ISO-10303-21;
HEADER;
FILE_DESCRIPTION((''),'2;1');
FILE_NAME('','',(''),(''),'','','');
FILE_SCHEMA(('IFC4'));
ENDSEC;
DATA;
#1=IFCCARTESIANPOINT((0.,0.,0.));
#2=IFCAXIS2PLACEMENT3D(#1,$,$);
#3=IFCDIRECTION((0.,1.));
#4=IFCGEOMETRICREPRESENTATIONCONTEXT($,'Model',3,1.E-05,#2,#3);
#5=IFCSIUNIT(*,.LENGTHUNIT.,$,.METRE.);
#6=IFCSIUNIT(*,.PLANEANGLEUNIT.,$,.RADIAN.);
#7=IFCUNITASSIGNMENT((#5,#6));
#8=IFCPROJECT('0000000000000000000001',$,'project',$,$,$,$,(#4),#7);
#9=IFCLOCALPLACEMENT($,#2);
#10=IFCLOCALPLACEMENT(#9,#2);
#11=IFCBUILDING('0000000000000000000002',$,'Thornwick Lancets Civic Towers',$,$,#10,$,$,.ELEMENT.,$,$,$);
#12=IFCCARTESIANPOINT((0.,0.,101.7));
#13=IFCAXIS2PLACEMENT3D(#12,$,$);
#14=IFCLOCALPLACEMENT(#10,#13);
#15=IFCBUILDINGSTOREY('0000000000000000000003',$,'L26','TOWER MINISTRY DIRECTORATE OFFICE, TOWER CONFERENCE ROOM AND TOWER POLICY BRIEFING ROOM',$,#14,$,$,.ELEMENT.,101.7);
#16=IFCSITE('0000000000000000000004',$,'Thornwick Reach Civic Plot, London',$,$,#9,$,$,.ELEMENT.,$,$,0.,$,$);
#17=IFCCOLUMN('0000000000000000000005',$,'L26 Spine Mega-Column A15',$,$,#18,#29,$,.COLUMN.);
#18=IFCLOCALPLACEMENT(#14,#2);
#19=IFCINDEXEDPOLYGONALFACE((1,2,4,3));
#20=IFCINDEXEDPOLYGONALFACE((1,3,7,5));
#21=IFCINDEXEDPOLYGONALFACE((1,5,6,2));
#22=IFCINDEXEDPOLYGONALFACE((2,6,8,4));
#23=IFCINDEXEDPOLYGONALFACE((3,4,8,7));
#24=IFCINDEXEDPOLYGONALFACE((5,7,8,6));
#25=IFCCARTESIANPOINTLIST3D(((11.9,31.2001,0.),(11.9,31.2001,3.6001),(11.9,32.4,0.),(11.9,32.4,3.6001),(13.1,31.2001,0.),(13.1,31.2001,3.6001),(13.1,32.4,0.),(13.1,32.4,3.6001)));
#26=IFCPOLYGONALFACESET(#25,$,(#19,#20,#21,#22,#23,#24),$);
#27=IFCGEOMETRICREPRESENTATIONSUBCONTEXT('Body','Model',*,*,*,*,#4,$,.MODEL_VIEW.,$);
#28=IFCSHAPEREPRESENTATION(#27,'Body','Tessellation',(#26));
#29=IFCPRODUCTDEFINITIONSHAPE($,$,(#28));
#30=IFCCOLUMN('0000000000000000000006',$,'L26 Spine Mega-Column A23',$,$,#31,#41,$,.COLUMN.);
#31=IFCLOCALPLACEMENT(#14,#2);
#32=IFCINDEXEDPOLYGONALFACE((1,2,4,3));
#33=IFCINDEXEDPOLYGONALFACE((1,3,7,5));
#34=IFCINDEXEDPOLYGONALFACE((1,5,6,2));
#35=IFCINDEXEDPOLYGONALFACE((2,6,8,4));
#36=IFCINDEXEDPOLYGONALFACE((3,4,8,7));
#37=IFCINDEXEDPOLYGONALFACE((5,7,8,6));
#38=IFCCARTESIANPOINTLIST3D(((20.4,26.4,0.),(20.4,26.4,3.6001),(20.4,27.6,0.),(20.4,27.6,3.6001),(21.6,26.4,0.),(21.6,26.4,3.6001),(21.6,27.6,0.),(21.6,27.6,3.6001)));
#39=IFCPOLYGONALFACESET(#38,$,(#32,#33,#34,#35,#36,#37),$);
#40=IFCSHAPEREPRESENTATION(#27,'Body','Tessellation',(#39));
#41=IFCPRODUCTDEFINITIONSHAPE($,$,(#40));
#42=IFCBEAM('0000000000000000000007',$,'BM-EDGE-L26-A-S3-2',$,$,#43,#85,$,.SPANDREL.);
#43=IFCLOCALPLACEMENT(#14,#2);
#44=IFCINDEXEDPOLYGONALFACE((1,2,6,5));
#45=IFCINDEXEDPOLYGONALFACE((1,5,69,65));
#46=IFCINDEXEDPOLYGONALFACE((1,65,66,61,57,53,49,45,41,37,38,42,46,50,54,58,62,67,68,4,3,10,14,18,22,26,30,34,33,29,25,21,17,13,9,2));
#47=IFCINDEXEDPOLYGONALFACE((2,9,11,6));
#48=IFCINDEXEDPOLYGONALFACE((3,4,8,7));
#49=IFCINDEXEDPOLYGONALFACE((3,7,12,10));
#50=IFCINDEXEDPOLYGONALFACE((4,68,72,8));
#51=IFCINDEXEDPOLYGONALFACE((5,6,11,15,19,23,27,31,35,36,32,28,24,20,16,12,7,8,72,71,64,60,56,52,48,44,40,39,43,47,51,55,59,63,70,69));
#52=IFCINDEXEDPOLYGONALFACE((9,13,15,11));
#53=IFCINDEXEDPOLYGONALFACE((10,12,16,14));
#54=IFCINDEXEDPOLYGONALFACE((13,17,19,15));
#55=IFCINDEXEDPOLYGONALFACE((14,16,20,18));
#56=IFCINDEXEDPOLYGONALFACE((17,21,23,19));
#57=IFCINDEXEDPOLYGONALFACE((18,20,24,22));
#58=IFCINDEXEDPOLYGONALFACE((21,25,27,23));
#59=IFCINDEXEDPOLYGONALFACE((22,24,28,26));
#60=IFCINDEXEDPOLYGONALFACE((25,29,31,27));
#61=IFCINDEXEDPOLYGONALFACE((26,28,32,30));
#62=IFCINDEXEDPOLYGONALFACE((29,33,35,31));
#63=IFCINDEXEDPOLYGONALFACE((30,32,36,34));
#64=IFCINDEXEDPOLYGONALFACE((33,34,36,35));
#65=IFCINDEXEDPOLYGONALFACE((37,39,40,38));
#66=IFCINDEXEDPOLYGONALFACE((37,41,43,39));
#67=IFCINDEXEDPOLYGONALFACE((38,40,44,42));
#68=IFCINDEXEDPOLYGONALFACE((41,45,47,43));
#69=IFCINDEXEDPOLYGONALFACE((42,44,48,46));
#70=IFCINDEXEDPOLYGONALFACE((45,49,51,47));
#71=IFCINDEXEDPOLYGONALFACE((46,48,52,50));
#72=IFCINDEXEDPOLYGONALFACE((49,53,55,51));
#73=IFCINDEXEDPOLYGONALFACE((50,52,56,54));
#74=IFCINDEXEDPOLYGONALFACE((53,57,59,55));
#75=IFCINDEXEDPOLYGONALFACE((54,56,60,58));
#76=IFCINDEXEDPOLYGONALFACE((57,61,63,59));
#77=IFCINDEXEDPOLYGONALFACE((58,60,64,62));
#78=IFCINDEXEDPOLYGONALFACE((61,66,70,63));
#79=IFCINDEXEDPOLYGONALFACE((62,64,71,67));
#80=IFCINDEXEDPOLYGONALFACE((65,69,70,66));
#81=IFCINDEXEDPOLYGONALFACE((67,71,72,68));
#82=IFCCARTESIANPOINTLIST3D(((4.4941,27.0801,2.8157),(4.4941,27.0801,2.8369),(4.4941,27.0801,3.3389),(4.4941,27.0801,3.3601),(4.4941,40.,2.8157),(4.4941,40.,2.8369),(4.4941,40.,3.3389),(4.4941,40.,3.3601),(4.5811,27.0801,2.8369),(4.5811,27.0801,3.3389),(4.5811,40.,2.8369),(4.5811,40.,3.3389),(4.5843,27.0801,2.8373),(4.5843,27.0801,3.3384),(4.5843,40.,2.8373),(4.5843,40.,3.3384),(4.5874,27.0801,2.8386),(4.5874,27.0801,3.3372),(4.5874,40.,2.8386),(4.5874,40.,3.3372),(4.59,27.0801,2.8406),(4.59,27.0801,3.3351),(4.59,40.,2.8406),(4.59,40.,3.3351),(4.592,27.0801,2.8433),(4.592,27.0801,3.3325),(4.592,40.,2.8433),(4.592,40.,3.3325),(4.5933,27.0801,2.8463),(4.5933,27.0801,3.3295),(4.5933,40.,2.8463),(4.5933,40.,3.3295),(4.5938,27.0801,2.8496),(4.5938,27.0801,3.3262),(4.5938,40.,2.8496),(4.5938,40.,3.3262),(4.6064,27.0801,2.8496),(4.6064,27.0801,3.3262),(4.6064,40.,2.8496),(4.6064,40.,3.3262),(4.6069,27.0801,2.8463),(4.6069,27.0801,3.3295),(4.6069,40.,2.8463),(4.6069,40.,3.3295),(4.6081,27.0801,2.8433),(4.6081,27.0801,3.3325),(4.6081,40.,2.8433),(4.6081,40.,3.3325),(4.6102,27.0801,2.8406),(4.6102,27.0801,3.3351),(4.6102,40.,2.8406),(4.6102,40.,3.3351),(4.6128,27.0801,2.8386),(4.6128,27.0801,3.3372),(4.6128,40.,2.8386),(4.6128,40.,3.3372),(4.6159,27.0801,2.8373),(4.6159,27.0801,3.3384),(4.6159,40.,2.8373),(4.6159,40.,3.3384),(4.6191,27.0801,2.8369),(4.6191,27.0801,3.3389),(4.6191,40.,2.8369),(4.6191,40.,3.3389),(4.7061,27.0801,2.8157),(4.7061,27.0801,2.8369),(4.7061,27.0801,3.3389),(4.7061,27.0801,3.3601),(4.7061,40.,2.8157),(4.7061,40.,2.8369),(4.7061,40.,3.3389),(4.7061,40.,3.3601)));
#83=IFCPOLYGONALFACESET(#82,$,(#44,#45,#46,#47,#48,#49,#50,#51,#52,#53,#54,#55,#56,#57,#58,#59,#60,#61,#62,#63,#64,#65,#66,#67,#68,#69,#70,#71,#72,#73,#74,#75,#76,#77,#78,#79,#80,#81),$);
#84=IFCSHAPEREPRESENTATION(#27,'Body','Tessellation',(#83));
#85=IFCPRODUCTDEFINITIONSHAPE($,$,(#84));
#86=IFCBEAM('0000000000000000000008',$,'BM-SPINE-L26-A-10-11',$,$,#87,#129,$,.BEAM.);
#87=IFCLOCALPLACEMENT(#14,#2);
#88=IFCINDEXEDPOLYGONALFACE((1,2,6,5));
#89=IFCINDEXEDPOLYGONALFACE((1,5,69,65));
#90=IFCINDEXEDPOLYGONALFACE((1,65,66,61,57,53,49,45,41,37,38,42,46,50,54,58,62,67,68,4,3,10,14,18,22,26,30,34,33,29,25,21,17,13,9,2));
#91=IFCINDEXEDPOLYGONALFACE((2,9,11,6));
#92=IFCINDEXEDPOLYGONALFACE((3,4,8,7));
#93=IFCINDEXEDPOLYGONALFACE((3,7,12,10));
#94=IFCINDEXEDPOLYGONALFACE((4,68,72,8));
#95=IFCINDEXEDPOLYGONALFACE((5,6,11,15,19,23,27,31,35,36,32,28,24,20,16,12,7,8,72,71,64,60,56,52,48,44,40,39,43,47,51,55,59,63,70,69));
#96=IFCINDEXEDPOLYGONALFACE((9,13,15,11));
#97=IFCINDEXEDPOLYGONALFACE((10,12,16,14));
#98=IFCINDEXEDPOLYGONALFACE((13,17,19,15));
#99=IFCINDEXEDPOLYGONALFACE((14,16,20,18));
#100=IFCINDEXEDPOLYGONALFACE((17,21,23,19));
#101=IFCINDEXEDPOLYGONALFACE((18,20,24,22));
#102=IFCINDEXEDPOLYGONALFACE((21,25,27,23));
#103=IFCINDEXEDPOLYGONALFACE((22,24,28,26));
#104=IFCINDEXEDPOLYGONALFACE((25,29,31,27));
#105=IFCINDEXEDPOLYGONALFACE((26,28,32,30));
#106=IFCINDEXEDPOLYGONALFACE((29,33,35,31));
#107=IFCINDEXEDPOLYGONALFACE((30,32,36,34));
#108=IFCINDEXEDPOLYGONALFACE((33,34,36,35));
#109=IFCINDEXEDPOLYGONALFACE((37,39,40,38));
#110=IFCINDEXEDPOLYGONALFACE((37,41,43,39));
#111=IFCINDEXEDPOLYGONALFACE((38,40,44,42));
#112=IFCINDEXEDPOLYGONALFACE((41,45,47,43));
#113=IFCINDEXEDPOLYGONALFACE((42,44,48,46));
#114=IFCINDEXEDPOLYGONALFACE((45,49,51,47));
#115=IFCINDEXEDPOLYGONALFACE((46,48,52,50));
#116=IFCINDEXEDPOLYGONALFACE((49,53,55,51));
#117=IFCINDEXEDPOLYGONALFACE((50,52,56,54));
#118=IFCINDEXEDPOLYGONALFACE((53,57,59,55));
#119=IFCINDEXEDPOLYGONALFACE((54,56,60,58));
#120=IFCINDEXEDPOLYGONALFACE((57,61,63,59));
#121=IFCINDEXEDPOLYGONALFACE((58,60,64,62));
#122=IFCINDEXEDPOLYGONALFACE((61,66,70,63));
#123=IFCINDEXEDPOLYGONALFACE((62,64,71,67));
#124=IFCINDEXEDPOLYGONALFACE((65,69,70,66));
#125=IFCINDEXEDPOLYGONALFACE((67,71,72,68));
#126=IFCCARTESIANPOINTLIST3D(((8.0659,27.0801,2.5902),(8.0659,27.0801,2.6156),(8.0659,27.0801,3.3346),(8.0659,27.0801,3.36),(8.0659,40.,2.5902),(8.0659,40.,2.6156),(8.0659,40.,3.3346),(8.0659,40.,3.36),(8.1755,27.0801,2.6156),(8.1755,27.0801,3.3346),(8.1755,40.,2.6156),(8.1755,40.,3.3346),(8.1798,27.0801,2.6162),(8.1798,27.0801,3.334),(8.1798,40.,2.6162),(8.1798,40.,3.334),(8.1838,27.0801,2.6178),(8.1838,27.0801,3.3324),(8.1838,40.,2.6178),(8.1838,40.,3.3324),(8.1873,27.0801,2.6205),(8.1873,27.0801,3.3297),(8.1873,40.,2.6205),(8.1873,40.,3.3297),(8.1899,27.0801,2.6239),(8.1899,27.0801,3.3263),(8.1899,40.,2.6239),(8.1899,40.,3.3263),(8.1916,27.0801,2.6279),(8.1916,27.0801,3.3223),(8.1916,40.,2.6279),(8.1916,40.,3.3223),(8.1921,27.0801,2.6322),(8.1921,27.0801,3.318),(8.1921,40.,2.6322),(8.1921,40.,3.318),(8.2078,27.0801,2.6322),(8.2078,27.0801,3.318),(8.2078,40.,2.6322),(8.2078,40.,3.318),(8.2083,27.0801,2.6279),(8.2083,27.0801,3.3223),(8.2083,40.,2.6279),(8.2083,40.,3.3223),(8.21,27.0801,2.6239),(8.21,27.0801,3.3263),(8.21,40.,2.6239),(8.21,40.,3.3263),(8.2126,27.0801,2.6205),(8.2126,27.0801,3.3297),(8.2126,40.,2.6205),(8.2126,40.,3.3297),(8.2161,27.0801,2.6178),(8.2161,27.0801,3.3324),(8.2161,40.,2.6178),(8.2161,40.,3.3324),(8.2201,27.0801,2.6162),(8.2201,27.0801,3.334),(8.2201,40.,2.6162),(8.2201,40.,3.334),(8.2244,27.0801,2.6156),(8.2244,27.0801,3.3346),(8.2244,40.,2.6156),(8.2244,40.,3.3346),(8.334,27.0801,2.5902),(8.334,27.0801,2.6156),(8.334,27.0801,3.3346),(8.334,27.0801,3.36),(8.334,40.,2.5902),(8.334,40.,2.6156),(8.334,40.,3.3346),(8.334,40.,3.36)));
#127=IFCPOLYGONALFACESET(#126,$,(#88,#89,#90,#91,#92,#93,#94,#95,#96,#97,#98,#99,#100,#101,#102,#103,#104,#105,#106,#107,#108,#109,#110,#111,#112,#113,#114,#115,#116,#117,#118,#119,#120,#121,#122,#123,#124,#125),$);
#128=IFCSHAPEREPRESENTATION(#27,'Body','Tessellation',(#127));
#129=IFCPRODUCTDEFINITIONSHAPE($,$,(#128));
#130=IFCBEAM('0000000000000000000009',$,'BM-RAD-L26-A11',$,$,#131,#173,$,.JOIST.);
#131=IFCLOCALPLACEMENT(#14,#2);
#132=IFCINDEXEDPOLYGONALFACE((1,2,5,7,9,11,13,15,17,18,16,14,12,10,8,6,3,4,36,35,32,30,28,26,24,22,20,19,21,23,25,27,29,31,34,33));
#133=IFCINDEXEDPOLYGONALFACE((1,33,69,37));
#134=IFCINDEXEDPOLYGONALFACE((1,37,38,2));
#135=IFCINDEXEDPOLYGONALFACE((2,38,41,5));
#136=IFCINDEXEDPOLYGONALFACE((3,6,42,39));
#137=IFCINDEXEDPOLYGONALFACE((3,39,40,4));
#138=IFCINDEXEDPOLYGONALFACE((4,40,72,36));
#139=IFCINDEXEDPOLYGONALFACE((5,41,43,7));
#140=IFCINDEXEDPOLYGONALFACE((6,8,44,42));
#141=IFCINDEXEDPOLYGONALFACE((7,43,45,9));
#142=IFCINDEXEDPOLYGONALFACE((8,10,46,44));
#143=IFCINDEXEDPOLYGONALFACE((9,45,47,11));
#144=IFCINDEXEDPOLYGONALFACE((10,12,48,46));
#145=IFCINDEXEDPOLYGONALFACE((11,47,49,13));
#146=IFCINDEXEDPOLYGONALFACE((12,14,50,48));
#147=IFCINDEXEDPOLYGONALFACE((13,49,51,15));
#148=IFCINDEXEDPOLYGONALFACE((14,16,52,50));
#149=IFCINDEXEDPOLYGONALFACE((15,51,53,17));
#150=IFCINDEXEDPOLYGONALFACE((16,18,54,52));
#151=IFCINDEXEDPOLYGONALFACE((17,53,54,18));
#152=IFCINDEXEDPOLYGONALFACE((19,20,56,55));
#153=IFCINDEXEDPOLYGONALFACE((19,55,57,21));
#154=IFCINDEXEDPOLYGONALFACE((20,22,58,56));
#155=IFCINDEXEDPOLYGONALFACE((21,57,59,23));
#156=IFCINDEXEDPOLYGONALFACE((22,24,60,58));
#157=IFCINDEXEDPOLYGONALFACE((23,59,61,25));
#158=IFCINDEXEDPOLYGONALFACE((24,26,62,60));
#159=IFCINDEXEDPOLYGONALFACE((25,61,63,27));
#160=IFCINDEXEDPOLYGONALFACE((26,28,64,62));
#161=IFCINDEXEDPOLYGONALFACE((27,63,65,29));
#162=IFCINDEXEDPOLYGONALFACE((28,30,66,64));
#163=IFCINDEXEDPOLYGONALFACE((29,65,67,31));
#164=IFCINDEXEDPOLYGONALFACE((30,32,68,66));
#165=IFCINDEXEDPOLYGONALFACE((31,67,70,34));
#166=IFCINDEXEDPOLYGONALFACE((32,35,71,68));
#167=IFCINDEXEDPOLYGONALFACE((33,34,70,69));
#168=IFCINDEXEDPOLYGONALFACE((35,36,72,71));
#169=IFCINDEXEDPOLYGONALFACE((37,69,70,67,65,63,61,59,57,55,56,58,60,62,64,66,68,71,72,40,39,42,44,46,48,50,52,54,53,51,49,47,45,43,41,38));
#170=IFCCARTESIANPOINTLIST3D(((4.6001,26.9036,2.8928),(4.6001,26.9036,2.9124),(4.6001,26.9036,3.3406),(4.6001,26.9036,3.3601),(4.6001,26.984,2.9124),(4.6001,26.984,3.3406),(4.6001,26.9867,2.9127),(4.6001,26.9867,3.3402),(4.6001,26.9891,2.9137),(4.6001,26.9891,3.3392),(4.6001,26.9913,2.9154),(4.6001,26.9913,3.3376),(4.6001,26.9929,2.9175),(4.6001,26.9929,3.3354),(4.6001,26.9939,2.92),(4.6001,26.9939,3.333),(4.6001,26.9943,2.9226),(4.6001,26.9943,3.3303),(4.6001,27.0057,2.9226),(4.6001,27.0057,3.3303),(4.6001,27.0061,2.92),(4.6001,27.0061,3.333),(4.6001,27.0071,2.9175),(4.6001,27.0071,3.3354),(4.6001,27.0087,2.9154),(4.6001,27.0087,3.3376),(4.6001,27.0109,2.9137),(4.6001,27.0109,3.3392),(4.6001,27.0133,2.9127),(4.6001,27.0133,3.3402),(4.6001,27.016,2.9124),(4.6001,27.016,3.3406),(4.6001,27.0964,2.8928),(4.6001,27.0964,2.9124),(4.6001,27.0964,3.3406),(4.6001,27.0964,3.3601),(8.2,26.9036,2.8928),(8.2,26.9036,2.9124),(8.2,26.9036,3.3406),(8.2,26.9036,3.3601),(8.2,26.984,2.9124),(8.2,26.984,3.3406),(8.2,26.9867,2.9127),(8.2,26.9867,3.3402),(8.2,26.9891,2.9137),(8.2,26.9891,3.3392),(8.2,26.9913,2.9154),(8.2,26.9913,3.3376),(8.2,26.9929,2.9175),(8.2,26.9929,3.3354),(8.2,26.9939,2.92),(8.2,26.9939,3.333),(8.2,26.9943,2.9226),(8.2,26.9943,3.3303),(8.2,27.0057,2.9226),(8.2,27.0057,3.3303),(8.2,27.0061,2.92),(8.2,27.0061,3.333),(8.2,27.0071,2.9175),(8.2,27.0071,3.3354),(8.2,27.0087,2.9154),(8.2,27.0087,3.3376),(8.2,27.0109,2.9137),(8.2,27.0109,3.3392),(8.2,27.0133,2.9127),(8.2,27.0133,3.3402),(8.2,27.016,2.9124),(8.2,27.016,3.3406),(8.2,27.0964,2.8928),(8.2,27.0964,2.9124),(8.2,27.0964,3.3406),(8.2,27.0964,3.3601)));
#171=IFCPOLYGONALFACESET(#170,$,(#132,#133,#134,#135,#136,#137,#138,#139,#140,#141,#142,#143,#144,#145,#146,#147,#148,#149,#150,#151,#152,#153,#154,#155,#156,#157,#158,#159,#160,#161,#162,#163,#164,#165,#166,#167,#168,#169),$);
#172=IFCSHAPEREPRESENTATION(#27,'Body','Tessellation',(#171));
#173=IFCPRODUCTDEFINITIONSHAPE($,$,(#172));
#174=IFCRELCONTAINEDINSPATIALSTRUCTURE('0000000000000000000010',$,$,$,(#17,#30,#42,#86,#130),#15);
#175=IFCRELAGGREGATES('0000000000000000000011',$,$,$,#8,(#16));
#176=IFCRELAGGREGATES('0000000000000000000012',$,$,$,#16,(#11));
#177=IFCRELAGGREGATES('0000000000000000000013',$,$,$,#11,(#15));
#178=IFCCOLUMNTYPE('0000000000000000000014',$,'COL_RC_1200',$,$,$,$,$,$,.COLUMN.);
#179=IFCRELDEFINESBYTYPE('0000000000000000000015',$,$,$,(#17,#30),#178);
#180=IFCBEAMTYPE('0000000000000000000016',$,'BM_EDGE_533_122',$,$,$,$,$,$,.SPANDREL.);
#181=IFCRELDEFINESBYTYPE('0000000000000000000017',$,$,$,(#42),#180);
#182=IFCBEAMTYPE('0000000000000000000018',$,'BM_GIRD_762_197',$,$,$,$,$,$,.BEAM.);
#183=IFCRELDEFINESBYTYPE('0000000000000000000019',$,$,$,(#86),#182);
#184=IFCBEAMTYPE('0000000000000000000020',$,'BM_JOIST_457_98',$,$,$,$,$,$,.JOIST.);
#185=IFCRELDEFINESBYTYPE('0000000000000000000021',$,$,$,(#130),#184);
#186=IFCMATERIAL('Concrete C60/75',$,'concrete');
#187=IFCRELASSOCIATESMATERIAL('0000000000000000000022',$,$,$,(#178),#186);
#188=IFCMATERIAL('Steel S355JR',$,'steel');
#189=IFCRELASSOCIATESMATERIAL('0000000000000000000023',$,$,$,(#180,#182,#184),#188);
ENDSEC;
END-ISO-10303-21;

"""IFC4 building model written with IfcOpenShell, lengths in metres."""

from ifc_helpers import new_model, si_unit, direction, frame, origin, origin_2d, place, context, subcontext, project, spatial, rectangle, i_section, extrude, material, material_profile, profile_set, type_object, element, save


model = new_model("IFC4")

# Units and contexts
model_context = context("Model", 3, precision=1e-05, world=origin(), true_north=direction((0.0, 1.0)))
body_context = subcontext(model_context, "Body", "Model", "MODEL_VIEW")
ifc_project = project(units=[si_unit("LENGTHUNIT", "METRE"), si_unit("PLANEANGLEUNIT", "RADIAN")], contexts=[model_context])

# Site, building, storey
site_placement = place(None, origin())
site = spatial("IfcSite", under=ifc_project, at=site_placement, Name="Thornwick Reach Civic Plot, London", CompositionType="ELEMENT", RefElevation=0.0)
building_placement = place(site_placement, origin())
building = spatial("IfcBuilding", under=site, at=building_placement, Name="Thornwick Lancets Civic Towers", CompositionType="ELEMENT")
storey_placement = place(building_placement, frame((0.0, 0.0, 101.7)))
storey = spatial("IfcBuildingStorey", under=building, at=storey_placement, Name="L26", Description="TOWER MINISTRY DIRECTORATE OFFICE, TOWER CONFERENCE ROOM AND TOWER POLICY BRIEFING ROOM", CompositionType="ELEMENT", Elevation=101.7)

# Columns
ifc_material_1 = material(Name="Concrete C60/75", Category="concrete")
ifc_material_profile_1 = material_profile(ifc_material_1, rectangle(XDim=1.2, YDim=1.2, at=origin_2d()), Name="RC 1200x1200")
ifc_profile_set_1 = profile_set([ifc_material_profile_1], Name="Concrete C60/75")
column_type = type_object("IfcColumnType", Name="COL_RC_1200", PredefinedType="COLUMN", material=ifc_profile_set_1)
for number, where, z_axis, x_axis, name in (
    (1, (12.5, 31.8, 0.0), (0.0, 0.0, 1.0), (1.0, 0.0, 0.0), "L26 Spine Mega-Column A15"),
    (2, (21.0, 27.0, 0.0), (0.0, 0.0, 1.0), (1.0, 0.0, 0.0), "L26 Spine Mega-Column A23"),
):
    element("IfcColumn", number, at=place(storey_placement, frame(where, z_axis=z_axis, x_axis=x_axis)), inside=storey, type_object=column_type, Name=name, PredefinedType="COLUMN", context=body_context, shape_type="SweptSolid", body=[
        extrude(rectangle(XDim=1.2, YDim=1.2, at=origin_2d()), origin(), (0.0, 0.0, 1.0), 3.6001),
    ])

# Beams
ifc_material_2 = material(Name="Steel S355JR", Category="steel")
ifc_material_profile_2 = material_profile(ifc_material_2, i_section(OverallWidth=0.2119, OverallDepth=0.5444, WebThickness=0.0127, FlangeThickness=0.0212, FilletRadius=0.0127, at=origin_2d()), Name="UKB 533x210x122")
ifc_profile_set_2 = profile_set([ifc_material_profile_2], Name="Steel S355JR")
beam_type_1 = type_object("IfcBeamType", Name="BM_EDGE_533_122", PredefinedType="SPANDREL", material=ifc_profile_set_2)
beam_1_placement = place(storey_placement, frame((4.6001, 27.0801, 3.0879), z_axis=(0.0, 1.0, 0.0), x_axis=(-1.0, 0.0, 0.0)))
element("IfcBeam", 3, at=beam_1_placement, inside=storey, type_object=beam_type_1, Name="BM-EDGE-L26-A-S3-2", PredefinedType="SPANDREL", context=body_context, shape_type="SweptSolid", body=[
    extrude(i_section(OverallWidth=0.2119, OverallDepth=0.5444, WebThickness=0.0127, FlangeThickness=0.0212, FilletRadius=0.0127, at=origin_2d()), origin(), (0.0, 0.0, 1.0), 12.9199),
])
ifc_material_profile_3 = material_profile(ifc_material_2, i_section(OverallWidth=0.2681, OverallDepth=0.7698, WebThickness=0.0156, FlangeThickness=0.0254, FilletRadius=0.0166, at=origin_2d()), Name="UKB 762x267x197")
ifc_profile_set_3 = profile_set([ifc_material_profile_3], Name="Steel S355JR")
beam_type_2 = type_object("IfcBeamType", Name="BM_GIRD_762_197", PredefinedType="BEAM", material=ifc_profile_set_3)
beam_2_placement = place(storey_placement, frame((8.2, 27.0801, 2.9751), z_axis=(0.0, 1.0, 0.0), x_axis=(-1.0, 0.0, 0.0)))
element("IfcBeam", 4, at=beam_2_placement, inside=storey, type_object=beam_type_2, Name="BM-SPINE-L26-A-10-11", PredefinedType="BEAM", context=body_context, shape_type="SweptSolid", body=[
    extrude(i_section(OverallWidth=0.2681, OverallDepth=0.7698, WebThickness=0.0156, FlangeThickness=0.0254, FilletRadius=0.0166, at=origin_2d()), origin(), (0.0, 0.0, 1.0), 12.9199),
])
ifc_material_profile_4 = material_profile(ifc_material_2, i_section(OverallWidth=0.1929, OverallDepth=0.4673, WebThickness=0.0115, FlangeThickness=0.0195, FilletRadius=0.0103, at=origin_2d()), Name="UKB 457x191x98")
ifc_profile_set_4 = profile_set([ifc_material_profile_4], Name="Steel S355JR")
beam_type_3 = type_object("IfcBeamType", Name="BM_JOIST_457_98", PredefinedType="JOIST", material=ifc_profile_set_4)
beam_3_placement = place(storey_placement, frame((8.2, 27.0, 3.1265), z_axis=(-1.0, 0.0, 0.0), x_axis=(0.0, -1.0, 0.0)))
element("IfcBeam", 5, at=beam_3_placement, inside=storey, type_object=beam_type_3, Name="BM-RAD-L26-A11", PredefinedType="JOIST", context=body_context, shape_type="SweptSolid", body=[
    extrude(i_section(OverallWidth=0.1929, OverallDepth=0.4673, WebThickness=0.0115, FlangeThickness=0.0195, FilletRadius=0.0103, at=origin_2d()), origin(), (0.0, 0.0, 1.0), 3.5999),
])

save(model, "model.ifc")
